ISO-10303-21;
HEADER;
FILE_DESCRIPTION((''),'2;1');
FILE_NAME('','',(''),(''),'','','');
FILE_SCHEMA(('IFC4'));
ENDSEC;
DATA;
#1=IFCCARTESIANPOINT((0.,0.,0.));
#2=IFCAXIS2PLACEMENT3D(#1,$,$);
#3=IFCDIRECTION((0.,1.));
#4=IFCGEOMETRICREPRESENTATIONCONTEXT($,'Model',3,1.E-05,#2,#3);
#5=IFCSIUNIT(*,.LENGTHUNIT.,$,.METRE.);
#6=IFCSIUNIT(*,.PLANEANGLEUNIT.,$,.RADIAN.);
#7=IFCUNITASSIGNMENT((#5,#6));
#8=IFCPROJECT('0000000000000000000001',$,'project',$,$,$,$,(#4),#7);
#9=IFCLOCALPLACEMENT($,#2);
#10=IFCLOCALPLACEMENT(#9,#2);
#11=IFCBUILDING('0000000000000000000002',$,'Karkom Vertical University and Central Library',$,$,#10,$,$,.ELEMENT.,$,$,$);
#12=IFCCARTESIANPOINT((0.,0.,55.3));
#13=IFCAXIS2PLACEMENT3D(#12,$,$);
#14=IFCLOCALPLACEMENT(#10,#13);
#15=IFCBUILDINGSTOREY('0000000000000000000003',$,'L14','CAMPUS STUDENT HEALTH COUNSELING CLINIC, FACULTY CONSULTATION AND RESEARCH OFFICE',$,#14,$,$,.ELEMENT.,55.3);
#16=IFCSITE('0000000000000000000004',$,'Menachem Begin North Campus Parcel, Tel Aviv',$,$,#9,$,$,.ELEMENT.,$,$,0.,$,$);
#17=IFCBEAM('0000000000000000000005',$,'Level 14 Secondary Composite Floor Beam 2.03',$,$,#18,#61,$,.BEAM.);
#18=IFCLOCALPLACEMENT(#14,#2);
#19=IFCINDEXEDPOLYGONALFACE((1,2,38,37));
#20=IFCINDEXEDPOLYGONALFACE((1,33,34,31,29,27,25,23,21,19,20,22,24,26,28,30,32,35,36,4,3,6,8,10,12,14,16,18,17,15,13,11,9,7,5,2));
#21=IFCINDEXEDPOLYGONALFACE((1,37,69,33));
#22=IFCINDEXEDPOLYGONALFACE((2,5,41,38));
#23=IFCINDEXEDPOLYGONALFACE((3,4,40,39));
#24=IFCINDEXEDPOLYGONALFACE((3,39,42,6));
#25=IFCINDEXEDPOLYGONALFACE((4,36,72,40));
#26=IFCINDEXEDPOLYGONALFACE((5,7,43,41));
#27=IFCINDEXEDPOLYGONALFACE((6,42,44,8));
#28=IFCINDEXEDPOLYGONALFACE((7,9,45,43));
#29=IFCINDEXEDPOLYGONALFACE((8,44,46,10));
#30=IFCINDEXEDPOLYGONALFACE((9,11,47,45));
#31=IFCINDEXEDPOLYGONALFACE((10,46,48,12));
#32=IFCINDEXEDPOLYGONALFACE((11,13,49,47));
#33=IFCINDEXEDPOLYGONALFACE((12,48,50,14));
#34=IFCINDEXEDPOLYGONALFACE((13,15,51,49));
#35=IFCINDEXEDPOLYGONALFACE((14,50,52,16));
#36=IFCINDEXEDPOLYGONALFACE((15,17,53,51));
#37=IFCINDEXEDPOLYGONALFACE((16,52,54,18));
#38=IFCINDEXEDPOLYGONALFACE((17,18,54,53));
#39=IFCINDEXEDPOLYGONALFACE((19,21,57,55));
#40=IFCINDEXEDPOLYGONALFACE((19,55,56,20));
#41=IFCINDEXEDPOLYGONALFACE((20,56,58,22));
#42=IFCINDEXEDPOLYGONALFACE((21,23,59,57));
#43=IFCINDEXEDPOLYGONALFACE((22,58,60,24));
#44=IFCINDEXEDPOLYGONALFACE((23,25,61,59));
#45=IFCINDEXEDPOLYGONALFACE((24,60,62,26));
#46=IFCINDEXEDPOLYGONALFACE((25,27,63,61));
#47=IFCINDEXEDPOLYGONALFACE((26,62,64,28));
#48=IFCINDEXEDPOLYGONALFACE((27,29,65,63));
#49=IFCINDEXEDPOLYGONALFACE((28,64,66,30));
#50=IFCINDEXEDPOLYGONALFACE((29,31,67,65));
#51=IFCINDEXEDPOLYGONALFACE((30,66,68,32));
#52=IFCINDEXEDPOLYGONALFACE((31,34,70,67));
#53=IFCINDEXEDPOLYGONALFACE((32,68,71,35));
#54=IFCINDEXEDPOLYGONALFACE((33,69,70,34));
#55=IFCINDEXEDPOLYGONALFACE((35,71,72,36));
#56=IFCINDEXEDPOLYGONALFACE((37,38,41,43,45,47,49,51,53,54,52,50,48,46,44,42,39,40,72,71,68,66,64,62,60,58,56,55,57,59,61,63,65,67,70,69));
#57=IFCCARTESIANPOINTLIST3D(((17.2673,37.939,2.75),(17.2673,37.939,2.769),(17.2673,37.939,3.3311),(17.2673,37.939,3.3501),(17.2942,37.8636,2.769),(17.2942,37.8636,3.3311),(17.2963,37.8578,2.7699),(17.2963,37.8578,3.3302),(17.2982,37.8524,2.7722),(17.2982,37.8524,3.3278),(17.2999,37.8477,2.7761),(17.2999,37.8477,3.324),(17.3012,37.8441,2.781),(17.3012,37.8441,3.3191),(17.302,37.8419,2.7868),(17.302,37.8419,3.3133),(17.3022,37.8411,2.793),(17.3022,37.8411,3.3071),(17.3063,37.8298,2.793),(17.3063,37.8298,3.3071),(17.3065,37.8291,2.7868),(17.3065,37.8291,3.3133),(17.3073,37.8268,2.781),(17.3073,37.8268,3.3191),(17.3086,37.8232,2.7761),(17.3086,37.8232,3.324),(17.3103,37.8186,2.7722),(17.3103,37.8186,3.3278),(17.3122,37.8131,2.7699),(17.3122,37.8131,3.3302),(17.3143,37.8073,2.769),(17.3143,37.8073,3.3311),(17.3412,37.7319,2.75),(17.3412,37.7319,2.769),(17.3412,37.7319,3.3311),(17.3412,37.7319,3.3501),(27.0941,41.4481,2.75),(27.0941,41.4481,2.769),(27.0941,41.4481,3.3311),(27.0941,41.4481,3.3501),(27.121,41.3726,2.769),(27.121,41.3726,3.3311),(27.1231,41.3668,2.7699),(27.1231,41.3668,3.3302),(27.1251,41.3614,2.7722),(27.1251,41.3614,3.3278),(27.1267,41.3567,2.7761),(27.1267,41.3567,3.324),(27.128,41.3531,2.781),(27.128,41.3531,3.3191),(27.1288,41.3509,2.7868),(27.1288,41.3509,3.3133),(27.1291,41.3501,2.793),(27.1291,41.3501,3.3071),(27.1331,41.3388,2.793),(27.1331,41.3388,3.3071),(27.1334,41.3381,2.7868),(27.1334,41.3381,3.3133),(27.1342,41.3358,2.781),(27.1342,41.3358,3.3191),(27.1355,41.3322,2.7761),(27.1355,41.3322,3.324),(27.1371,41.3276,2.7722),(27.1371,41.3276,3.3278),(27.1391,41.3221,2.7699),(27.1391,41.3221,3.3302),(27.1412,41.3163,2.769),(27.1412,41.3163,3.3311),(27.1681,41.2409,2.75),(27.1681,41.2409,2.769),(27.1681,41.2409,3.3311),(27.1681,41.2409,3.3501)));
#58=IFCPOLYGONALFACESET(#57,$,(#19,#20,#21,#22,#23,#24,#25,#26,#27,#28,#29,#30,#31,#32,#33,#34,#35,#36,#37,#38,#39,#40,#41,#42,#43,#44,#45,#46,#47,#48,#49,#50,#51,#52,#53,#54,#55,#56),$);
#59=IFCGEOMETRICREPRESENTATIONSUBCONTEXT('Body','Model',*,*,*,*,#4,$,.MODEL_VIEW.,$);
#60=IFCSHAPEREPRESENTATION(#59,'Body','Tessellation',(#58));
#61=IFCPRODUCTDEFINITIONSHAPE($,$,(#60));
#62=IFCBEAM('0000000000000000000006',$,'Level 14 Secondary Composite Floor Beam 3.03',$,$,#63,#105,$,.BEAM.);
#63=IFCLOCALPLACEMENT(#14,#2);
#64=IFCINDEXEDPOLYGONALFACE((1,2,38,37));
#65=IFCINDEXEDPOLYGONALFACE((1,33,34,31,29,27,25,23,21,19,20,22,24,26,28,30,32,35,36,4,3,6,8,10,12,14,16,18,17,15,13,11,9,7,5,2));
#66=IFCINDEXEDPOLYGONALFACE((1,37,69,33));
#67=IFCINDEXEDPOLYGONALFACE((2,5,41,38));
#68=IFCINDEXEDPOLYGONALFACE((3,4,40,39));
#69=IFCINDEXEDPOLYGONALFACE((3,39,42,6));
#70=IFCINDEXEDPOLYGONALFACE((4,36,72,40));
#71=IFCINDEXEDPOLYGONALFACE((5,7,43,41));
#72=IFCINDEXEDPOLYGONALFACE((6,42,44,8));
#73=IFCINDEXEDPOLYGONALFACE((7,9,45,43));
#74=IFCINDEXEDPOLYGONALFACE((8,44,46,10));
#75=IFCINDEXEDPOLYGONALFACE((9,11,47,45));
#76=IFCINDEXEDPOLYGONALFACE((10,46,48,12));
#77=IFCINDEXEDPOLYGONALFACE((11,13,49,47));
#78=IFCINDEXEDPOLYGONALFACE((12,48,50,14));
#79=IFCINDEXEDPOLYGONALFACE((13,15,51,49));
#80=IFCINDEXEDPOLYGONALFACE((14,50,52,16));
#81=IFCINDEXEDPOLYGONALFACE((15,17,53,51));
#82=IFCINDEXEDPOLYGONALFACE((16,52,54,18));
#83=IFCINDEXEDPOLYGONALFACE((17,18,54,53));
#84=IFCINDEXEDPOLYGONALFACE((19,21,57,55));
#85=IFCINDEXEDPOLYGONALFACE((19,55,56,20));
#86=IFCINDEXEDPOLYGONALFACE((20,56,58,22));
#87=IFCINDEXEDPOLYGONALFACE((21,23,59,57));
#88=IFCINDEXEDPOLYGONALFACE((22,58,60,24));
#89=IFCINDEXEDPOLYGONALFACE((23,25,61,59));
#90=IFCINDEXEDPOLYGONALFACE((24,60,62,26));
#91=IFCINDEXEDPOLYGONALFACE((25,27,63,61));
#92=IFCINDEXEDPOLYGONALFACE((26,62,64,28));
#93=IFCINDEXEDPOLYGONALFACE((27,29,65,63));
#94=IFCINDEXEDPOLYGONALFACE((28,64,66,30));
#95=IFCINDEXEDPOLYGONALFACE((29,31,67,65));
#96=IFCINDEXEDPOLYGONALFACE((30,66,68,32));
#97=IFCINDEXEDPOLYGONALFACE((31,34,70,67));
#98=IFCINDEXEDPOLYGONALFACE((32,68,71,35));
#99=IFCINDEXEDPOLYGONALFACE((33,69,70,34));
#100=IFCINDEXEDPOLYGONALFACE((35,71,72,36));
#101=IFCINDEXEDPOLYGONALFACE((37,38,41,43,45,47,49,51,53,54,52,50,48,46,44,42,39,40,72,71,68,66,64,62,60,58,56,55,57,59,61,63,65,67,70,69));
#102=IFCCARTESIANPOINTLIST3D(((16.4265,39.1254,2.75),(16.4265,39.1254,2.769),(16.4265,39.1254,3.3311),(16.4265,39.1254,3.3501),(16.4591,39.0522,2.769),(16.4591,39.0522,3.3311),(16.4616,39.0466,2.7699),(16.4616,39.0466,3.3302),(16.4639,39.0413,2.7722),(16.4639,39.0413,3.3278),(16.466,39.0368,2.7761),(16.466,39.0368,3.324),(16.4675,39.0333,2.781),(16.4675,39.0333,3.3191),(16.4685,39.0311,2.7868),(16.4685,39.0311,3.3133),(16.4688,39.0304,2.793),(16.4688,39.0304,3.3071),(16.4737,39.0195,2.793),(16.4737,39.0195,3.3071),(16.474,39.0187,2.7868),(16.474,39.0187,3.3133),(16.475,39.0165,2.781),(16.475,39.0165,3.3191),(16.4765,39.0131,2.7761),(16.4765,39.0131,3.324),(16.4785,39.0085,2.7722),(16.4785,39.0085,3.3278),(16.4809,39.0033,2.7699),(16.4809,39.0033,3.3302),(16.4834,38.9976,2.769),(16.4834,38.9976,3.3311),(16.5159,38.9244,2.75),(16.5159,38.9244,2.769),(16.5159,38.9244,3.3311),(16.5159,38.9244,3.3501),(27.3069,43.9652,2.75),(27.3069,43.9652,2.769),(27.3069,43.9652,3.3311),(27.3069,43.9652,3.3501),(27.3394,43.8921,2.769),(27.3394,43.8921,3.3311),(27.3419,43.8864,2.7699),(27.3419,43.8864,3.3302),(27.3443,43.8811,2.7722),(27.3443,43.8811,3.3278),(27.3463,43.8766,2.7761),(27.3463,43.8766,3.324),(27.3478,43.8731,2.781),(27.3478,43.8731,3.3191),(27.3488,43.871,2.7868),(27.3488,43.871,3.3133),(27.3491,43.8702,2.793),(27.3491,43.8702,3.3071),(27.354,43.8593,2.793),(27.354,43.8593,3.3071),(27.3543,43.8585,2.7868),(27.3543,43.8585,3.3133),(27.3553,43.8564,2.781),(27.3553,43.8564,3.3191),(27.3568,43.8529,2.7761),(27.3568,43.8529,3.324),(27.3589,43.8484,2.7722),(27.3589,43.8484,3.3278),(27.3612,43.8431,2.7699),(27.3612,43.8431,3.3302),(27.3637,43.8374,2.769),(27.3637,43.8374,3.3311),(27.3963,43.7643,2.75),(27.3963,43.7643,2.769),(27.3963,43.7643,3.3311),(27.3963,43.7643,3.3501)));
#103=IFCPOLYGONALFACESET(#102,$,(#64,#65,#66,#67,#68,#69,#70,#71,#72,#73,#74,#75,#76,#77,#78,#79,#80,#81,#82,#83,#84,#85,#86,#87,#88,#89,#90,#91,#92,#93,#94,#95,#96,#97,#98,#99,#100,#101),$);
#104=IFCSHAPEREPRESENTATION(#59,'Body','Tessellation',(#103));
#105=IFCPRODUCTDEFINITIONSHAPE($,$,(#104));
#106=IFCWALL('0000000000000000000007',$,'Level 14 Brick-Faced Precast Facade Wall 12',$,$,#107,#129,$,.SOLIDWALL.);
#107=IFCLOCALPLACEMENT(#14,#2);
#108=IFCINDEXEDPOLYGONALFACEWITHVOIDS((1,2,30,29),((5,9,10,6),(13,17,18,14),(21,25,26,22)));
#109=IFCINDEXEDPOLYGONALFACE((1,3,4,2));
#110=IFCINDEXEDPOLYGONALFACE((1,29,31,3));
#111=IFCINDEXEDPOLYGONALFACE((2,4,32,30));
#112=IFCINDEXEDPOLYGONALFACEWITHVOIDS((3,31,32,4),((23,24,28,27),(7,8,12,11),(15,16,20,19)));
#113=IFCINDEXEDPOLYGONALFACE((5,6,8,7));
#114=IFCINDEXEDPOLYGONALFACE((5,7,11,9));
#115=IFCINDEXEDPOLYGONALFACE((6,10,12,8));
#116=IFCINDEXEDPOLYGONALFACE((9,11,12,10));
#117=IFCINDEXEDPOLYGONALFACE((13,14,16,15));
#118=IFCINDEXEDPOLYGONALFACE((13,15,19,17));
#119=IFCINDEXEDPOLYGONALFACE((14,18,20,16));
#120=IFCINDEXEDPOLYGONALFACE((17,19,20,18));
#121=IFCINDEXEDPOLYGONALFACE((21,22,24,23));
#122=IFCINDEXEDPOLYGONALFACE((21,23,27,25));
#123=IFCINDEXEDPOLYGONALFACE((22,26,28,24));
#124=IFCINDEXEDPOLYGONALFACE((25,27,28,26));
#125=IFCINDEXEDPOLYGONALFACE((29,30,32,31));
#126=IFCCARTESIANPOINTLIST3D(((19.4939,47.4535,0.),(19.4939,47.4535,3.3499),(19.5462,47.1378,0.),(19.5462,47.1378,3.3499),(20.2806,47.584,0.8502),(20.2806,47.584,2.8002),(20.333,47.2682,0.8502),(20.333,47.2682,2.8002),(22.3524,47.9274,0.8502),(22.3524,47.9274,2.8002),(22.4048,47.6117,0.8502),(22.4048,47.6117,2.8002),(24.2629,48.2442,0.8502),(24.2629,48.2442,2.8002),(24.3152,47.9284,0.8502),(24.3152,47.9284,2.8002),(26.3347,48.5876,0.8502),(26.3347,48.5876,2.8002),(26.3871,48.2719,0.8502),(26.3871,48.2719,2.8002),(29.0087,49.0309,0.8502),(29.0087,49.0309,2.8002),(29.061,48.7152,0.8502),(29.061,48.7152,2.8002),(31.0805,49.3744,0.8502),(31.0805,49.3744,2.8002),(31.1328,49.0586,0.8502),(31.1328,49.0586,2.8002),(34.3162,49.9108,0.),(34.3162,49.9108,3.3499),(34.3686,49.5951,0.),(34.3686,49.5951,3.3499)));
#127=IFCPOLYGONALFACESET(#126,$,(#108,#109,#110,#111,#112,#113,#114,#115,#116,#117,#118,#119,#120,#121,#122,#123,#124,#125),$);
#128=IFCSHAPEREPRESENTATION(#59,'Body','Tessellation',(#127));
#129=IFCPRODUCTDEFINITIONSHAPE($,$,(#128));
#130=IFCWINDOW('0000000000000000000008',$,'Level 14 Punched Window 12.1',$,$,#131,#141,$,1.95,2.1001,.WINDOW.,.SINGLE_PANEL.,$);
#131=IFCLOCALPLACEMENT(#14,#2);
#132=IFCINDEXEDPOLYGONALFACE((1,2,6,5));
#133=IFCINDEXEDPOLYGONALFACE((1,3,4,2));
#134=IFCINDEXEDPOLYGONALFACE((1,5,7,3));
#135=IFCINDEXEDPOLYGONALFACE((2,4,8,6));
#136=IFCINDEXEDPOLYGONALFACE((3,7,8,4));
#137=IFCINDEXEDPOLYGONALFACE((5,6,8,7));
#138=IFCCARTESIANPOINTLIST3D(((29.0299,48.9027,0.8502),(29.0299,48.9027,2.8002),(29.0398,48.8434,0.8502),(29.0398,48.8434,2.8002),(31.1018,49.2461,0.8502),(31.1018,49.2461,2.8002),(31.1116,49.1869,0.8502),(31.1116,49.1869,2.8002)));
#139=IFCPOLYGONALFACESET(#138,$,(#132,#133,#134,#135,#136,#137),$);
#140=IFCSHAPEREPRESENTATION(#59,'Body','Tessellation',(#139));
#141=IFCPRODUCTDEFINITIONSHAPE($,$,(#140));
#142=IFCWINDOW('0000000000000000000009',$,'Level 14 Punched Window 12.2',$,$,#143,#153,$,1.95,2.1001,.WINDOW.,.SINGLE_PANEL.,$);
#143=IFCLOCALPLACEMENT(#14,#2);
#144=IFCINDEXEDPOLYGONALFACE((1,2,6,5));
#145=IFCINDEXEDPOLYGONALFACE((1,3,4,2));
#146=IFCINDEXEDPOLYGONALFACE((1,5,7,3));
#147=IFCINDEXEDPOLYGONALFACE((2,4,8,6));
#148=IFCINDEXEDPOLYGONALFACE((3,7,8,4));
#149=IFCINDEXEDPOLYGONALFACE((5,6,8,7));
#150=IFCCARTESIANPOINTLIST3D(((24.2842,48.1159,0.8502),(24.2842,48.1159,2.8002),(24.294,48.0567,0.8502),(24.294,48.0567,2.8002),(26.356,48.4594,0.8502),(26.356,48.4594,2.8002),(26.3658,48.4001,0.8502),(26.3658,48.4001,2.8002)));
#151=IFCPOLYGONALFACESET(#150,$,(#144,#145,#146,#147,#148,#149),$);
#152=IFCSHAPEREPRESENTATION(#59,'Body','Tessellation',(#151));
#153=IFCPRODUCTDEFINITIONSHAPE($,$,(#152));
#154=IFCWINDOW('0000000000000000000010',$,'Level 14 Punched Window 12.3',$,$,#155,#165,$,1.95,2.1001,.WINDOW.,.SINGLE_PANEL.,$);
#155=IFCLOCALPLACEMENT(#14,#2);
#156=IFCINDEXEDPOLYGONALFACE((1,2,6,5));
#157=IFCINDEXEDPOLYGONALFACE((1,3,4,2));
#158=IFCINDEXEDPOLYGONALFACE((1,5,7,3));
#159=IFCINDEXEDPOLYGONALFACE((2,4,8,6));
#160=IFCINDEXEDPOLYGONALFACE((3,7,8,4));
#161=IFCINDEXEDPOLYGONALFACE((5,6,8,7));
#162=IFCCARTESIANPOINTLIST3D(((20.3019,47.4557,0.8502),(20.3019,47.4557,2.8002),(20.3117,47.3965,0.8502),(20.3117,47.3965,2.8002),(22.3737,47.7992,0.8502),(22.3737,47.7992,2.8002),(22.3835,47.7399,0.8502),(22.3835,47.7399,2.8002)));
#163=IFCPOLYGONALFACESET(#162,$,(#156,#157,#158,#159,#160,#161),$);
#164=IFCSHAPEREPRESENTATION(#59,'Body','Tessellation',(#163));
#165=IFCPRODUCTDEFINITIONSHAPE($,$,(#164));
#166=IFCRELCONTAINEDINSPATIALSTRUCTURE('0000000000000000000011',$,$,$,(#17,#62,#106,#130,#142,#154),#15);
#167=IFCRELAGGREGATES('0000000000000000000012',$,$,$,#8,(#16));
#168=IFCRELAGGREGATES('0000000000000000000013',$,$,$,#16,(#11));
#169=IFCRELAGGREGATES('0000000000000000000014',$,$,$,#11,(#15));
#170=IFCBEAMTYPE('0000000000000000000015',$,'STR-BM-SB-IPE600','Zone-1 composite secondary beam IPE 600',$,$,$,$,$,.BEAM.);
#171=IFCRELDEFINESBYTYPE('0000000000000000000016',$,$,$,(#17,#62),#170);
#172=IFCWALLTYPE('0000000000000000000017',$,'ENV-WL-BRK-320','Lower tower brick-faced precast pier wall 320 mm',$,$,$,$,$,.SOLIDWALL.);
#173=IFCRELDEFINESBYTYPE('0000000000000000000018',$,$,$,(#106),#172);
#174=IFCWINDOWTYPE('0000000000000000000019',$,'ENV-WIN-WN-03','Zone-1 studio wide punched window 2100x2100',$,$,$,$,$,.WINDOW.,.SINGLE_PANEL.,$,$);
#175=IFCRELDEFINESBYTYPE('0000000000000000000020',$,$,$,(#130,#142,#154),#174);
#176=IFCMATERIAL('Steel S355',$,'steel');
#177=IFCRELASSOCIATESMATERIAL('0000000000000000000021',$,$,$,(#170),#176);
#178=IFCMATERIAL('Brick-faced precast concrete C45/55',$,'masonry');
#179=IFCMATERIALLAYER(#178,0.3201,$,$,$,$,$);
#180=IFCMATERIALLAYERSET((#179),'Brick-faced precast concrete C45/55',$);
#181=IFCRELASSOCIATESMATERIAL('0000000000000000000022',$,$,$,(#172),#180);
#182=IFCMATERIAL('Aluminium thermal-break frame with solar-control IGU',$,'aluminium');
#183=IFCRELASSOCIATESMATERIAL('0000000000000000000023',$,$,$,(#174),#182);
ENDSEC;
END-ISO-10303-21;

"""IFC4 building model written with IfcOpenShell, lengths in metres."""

from ifc_helpers import new_model, si_unit, direction, frame, frame_2d, origin, origin_with_axes, origin_2d, place, context, subcontext, project, spatial, rectangle, i_section, extrude, source, transform, mapped, material, layer, layer_set, material_profile, profile_set, type_object, element, fill, save


model = new_model("IFC4")

# Units and contexts
model_context = context("Model", 3, precision=1e-05, world=origin(), true_north=direction((0.0, 1.0)))
body_context = subcontext(model_context, "Body", "Model", "MODEL_VIEW")
ifc_project = project(units=[si_unit("LENGTHUNIT", "METRE"), si_unit("PLANEANGLEUNIT", "RADIAN")], contexts=[model_context])

# Site, building, storey
site_placement = place(None, origin())
site = spatial("IfcSite", under=ifc_project, at=site_placement, Name="Menachem Begin North Campus Parcel, Tel Aviv", CompositionType="ELEMENT", RefElevation=0.0)
building_placement = place(site_placement, origin())
building = spatial("IfcBuilding", under=site, at=building_placement, Name="Karkom Vertical University and Central Library", CompositionType="ELEMENT")
storey_placement = place(building_placement, frame((0.0, 0.0, 55.3)))
storey = spatial("IfcBuildingStorey", under=building, at=storey_placement, Name="L14", Description="CAMPUS STUDENT HEALTH COUNSELING CLINIC, FACULTY CONSULTATION AND RESEARCH OFFICE", CompositionType="ELEMENT", Elevation=55.3)

# Beams
ifc_material_1 = material(Name="Steel S355", Category="steel")
ifc_material_profile_1 = material_profile(ifc_material_1, i_section(OverallWidth=0.22, OverallDepth=0.6001, WebThickness=0.012, FlangeThickness=0.019, FilletRadius=0.0239, at=origin_2d()), Name="IPE 600")
ifc_profile_set_1 = profile_set([ifc_material_profile_1], Name="Steel S355")
beam_type_1 = type_object("IfcBeamType", Name="STR-BM-SB-IPE600", Description="Zone-1 composite secondary beam IPE 600", PredefinedType="BEAM", material=ifc_profile_set_1)
shared_shape_1 = source(origin_with_axes(), body_context, "Body", "SweptSolid", [
    extrude(i_section(OverallWidth=0.22, OverallDepth=0.6001, WebThickness=0.012, FlangeThickness=0.019, FilletRadius=0.0239, at=origin_2d()), origin(), (0.0, 0.0, 1.0), 10.4346),
])
beam_1_placement = place(storey_placement, frame((27.1311, 41.3445, 3.05), z_axis=(-0.941759, -0.336287, 0.0), x_axis=(0.336287, -0.941759, 0.0)))
element("IfcBeam", 1, at=beam_1_placement, inside=storey, type_object=beam_type_1, Name="Level 14 Secondary Composite Floor Beam 2.03", PredefinedType="BEAM", context=body_context, shape_type="MappedRepresentation", body=[
    mapped(shared_shape_1, transform((0.0, 0.0, 0.0), scale=1.0)),
])
shared_shape_2 = source(origin_with_axes(), body_context, "Body", "SweptSolid", [
    extrude(i_section(OverallWidth=0.22, OverallDepth=0.6001, WebThickness=0.012, FlangeThickness=0.019, FilletRadius=0.0239, at=origin_2d()), origin(), (0.0, 0.0, 1.0), 11.9082),
])
beam_2_placement = place(storey_placement, frame((27.3516, 43.8647, 3.05), z_axis=(-0.913683, -0.406428, 0.0), x_axis=(0.406428, -0.913683, 0.0)))
element("IfcBeam", 2, at=beam_2_placement, inside=storey, type_object=beam_type_1, Name="Level 14 Secondary Composite Floor Beam 3.03", PredefinedType="BEAM", context=body_context, shape_type="MappedRepresentation", body=[
    mapped(shared_shape_2, transform((0.0, 0.0, 0.0), scale=1.0)),
])

# Wall, openings, windows
ifc_material_2 = material(Name="Brick-faced precast concrete C45/55", Category="masonry")
ifc_layer_1 = layer(ifc_material_2, 0.3201)
ifc_layer_set_1 = layer_set([ifc_layer_1], Name="Brick-faced precast concrete C45/55")
wall_type_1 = type_object("IfcWallType", Name="ENV-WL-BRK-320", Description="Lower tower brick-faced precast pier wall 320 mm", PredefinedType="SOLIDWALL", material=ifc_layer_set_1)
wall_1_placement = place(storey_placement, frame((34.3423, 49.7529, 0.0), z_axis=(0.0, 0.0, 1.0), x_axis=(-0.986535, -0.16355, 0.0)))
wall_1 = element("IfcWall", 3, at=wall_1_placement, inside=storey, type_object=wall_type_1, Name="Level 14 Brick-Faced Precast Facade Wall 12", PredefinedType="SOLIDWALL", context=body_context, shape_type="SweptSolid", body=[
    extrude(rectangle(XDim=15.0247, YDim=0.3201, at=frame_2d((7.5122, 0.0))), origin(), (0.0, 0.0, 1.0), 3.3499),
])
opening_1_placement = place(wall_1_placement, frame((3.2798, 0.0, 0.8501)))
opening_1 = element("IfcOpeningElement", 4, at=opening_1_placement, cuts=wall_1, PredefinedType="OPENING", context=body_context, shape_type="SweptSolid", body=[
    extrude(rectangle(XDim=2.1001, YDim=1.95, at=frame_2d((1.05, 0.9751))), frame((0.0, 0.1699, 0.0), z_axis=(0.0, -1.0, 0.0), x_axis=(1.0, 0.0, 0.0)), (0.0, 0.0, 1.0), 0.3401),
])
opening_2_placement = place(wall_1_placement, frame((8.0903, 0.0, 0.8501)))
opening_2 = element("IfcOpeningElement", 5, at=opening_2_placement, cuts=wall_1, PredefinedType="OPENING", context=body_context, shape_type="SweptSolid", body=[
    extrude(rectangle(XDim=2.1001, YDim=1.95, at=frame_2d((1.05, 0.9751))), frame((0.0, 0.1699, 0.0), z_axis=(0.0, -1.0, 0.0), x_axis=(1.0, 0.0, 0.0)), (0.0, 0.0, 1.0), 0.3401),
])
opening_3_placement = place(wall_1_placement, frame((12.127, 0.0, 0.8501)))
opening_3 = element("IfcOpeningElement", 6, at=opening_3_placement, cuts=wall_1, PredefinedType="OPENING", context=body_context, shape_type="SweptSolid", body=[
    extrude(rectangle(XDim=2.1001, YDim=1.95, at=frame_2d((1.05, 0.9751))), frame((0.0, 0.1699, 0.0), z_axis=(0.0, -1.0, 0.0), x_axis=(1.0, 0.0, 0.0)), (0.0, 0.0, 1.0), 0.3401),
])
ifc_material_3 = material(Name="Aluminium thermal-break frame with solar-control IGU", Category="aluminium")
window_type = type_object("IfcWindowType", Name="ENV-WIN-WN-03", Description="Zone-1 studio wide punched window 2100x2100", PartitioningType="SINGLE_PANEL", PredefinedType="WINDOW", material=ifc_material_3)
shared_shape_3 = source(origin_with_axes(), body_context, "Body", "SweptSolid", [
    extrude(rectangle(XDim=2.1001, YDim=1.95, at=frame_2d((1.05, 0.9751))), frame((0.0, 0.03, 0.0), z_axis=(0.0, -1.0, 0.0), x_axis=(1.0, 0.0, 0.0)), (0.0, 0.0, 1.0), 0.0601),
])
window_1_placement = place(opening_1_placement, origin())
window_1 = element("IfcWindow", 7, at=window_1_placement, inside=storey, type_object=window_type, Name="Level 14 Punched Window 12.1", OverallHeight=1.95, OverallWidth=2.1001, PartitioningType="SINGLE_PANEL", PredefinedType="WINDOW", context=body_context, shape_type="MappedRepresentation", body=[
    mapped(shared_shape_3, transform((0.0, 0.0, 0.0), scale=1.0)),
])
fill(opening_1, window_1)
window_2_placement = place(opening_2_placement, origin())
window_2 = element("IfcWindow", 8, at=window_2_placement, inside=storey, type_object=window_type, Name="Level 14 Punched Window 12.2", OverallHeight=1.95, OverallWidth=2.1001, PartitioningType="SINGLE_PANEL", PredefinedType="WINDOW", context=body_context, shape_type="MappedRepresentation", body=[
    mapped(shared_shape_3, transform((0.0, 0.0, 0.0), scale=1.0)),
])
fill(opening_2, window_2)
window_3_placement = place(opening_3_placement, origin())
window_3 = element("IfcWindow", 9, at=window_3_placement, inside=storey, type_object=window_type, Name="Level 14 Punched Window 12.3", OverallHeight=1.95, OverallWidth=2.1001, PartitioningType="SINGLE_PANEL", PredefinedType="WINDOW", context=body_context, shape_type="MappedRepresentation", body=[
    mapped(shared_shape_3, transform((0.0, 0.0, 0.0), scale=1.0)),
])
fill(opening_3, window_3)

save(model, "model.ifc")
